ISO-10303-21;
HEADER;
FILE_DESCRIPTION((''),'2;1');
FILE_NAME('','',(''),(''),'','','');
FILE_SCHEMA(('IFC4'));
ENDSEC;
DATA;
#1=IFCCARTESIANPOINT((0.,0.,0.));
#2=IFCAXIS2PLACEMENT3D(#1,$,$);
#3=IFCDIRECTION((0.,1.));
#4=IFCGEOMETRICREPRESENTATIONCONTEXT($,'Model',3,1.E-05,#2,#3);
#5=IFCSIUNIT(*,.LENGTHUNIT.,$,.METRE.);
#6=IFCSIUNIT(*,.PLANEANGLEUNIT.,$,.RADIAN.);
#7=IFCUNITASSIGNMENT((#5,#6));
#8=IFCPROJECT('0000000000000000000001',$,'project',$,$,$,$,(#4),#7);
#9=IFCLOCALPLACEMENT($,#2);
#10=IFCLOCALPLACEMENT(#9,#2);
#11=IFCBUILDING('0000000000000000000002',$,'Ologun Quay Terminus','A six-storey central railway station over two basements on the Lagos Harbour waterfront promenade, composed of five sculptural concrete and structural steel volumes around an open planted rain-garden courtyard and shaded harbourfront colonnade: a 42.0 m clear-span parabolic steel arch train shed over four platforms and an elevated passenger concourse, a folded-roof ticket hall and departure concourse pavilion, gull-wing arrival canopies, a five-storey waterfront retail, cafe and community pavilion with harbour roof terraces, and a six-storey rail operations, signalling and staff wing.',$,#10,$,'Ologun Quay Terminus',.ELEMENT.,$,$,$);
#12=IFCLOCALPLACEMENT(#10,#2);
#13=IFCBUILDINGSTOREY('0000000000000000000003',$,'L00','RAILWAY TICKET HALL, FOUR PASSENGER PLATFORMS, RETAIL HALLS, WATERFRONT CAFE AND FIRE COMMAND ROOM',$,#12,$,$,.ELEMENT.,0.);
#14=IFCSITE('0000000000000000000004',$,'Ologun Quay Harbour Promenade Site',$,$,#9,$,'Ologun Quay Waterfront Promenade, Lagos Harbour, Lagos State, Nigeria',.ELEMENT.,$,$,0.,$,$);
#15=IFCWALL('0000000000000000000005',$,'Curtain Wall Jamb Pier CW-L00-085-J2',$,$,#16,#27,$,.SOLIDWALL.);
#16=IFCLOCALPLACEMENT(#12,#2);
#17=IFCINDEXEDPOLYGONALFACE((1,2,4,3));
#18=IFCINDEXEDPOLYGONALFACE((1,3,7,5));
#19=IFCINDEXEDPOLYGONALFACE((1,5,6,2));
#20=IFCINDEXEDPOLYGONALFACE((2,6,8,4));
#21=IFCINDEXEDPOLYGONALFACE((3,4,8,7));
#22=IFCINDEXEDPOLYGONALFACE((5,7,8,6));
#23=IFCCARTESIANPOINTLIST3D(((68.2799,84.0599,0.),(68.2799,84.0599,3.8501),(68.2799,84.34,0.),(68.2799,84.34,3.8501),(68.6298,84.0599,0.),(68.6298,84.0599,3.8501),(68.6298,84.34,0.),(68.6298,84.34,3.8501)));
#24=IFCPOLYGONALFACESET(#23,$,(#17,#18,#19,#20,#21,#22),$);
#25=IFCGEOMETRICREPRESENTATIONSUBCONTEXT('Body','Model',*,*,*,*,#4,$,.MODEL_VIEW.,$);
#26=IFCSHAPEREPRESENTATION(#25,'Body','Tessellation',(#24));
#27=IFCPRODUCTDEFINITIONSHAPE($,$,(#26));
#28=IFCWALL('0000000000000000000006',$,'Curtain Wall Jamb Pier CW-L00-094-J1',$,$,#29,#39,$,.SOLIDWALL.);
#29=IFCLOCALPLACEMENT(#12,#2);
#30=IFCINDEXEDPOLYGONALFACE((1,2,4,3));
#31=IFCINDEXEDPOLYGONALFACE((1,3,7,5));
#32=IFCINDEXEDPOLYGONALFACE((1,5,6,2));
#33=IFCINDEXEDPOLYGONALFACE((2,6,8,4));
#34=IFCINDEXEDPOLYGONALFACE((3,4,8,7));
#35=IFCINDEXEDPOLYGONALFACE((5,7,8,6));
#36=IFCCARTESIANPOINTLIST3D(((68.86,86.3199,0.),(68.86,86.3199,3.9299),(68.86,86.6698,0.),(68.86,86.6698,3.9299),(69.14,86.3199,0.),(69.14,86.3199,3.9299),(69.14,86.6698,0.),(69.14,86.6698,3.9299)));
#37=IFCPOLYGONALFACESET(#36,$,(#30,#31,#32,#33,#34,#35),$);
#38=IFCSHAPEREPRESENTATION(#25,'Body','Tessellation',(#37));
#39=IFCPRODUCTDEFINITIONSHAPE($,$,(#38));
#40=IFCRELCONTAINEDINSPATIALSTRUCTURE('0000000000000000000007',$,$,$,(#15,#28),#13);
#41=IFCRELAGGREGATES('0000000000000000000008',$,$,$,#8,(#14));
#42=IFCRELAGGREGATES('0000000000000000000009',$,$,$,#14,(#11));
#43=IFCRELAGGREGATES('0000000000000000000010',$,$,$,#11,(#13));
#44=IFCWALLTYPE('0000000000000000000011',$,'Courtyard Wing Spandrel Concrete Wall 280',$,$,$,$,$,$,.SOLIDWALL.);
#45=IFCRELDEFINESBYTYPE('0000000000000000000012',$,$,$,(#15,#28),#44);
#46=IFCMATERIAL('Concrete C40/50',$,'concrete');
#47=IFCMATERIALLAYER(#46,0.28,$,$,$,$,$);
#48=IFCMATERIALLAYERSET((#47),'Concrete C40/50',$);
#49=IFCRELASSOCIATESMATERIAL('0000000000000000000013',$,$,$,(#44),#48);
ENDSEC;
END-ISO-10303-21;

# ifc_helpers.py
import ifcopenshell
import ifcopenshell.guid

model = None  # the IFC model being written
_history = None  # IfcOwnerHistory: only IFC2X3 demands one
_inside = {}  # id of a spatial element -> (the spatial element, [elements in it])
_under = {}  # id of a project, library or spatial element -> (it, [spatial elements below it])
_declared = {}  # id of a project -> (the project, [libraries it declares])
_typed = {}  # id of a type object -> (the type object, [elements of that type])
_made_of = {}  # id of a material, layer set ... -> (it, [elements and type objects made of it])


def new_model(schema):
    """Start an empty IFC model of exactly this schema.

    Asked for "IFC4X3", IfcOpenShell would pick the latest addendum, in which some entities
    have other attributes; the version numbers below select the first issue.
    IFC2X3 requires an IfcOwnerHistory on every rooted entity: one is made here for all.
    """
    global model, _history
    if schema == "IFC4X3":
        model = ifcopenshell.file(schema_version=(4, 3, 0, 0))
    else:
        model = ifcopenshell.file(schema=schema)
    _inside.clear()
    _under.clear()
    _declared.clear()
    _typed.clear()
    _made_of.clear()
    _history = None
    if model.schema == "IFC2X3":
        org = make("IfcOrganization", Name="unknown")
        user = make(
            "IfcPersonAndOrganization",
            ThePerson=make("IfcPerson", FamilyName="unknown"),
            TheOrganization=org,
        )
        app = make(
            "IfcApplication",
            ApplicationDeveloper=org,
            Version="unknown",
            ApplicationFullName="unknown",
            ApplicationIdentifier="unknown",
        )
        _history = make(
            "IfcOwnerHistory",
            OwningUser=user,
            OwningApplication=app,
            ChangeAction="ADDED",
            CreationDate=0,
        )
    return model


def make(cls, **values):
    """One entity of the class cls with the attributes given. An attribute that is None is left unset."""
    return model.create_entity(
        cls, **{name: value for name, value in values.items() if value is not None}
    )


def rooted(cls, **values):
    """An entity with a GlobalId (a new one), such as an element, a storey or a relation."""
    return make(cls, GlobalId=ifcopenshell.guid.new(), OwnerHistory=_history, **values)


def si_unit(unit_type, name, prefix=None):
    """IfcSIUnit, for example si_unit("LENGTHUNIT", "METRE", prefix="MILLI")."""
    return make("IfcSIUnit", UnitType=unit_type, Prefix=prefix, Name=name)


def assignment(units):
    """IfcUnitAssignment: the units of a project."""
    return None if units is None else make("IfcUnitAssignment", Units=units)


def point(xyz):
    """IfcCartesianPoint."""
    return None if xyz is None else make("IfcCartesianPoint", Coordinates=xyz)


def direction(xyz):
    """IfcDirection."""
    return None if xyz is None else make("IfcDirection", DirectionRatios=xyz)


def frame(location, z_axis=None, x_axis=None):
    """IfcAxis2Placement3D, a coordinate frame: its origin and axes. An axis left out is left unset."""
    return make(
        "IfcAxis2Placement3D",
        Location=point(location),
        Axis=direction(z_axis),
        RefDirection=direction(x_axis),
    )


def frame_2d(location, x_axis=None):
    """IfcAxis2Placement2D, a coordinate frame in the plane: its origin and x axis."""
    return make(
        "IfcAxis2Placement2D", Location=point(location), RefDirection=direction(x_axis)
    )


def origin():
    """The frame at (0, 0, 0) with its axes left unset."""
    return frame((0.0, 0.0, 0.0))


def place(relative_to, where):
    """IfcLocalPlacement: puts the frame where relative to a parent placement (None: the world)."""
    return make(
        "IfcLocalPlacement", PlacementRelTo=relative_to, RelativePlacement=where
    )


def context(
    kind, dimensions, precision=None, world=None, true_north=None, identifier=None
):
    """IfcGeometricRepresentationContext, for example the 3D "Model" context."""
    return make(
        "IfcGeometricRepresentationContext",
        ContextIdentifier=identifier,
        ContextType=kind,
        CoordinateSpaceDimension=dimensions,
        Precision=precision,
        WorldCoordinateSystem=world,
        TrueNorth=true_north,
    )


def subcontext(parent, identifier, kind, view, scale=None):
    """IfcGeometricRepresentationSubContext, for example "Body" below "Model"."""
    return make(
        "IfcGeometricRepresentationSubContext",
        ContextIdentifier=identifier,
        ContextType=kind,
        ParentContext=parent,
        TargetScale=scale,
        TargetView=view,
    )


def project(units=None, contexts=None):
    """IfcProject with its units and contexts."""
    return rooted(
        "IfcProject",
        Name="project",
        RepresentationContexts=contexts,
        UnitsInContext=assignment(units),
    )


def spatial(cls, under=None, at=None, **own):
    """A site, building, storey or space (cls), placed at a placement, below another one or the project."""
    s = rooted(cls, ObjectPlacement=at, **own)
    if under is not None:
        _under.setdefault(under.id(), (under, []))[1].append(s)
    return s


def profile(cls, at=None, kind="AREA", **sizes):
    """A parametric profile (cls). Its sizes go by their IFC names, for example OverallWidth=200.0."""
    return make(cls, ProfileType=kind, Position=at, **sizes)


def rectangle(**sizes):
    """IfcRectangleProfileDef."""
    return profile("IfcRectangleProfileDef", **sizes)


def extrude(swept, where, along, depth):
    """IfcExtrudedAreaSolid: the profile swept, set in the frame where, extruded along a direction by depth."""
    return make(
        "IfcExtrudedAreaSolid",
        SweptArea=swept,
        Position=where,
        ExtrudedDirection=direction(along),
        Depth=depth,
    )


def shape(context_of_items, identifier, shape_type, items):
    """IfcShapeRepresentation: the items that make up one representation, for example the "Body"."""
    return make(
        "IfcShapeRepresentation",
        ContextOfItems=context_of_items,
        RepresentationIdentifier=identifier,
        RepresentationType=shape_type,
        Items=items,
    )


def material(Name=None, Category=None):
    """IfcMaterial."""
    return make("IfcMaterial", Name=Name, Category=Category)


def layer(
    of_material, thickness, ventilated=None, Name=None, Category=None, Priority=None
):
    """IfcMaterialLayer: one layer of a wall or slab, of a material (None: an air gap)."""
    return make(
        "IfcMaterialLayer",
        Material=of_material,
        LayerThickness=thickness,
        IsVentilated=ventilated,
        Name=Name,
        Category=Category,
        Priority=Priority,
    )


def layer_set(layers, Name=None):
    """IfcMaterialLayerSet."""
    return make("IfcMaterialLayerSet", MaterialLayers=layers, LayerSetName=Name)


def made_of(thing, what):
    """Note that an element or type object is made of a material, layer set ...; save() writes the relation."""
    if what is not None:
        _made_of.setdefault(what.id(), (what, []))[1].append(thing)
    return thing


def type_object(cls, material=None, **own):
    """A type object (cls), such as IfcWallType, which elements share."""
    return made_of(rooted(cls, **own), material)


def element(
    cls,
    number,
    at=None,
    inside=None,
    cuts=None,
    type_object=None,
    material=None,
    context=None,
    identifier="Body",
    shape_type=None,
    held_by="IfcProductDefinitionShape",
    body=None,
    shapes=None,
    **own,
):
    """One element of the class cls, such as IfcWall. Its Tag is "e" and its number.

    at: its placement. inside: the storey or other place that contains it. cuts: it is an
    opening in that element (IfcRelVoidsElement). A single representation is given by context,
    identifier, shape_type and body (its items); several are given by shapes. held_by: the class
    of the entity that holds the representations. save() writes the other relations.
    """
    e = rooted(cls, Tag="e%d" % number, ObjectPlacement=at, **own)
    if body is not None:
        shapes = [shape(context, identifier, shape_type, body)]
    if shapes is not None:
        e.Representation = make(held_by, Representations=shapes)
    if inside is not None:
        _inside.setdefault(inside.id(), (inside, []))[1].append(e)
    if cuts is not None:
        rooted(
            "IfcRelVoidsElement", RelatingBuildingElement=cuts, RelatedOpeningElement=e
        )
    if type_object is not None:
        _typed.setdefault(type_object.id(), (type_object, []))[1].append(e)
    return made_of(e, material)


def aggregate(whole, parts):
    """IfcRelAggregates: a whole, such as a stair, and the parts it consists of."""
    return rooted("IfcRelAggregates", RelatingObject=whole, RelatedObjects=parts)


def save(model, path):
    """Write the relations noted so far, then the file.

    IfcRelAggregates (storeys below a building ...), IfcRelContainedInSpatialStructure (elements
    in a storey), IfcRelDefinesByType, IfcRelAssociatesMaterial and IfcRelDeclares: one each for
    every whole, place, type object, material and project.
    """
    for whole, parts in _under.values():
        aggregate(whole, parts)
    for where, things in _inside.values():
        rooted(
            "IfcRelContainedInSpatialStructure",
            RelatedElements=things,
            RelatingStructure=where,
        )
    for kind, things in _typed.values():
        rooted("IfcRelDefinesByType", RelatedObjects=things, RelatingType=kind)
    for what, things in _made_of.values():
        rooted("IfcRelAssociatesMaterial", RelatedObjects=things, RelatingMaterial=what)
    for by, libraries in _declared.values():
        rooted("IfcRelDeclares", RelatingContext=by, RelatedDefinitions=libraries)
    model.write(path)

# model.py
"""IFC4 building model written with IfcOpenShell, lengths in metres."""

from ifc_helpers import new_model, si_unit, direction, frame, frame_2d, origin, place, context, subcontext, project, spatial, rectangle, extrude, material, layer, layer_set, type_object, element, save


model = new_model("IFC4")

# Units and contexts
model_context = context("Model", 3, precision=1e-05, world=origin(), true_north=direction((0.0, 1.0)))
body_context = subcontext(model_context, "Body", "Model", "MODEL_VIEW")
ifc_project = project(units=[si_unit("LENGTHUNIT", "METRE"), si_unit("PLANEANGLEUNIT", "RADIAN")], contexts=[model_context])

# Site, building, storey
site_placement = place(None, origin())
site = spatial("IfcSite", under=ifc_project, at=site_placement, Name="Ologun Quay Harbour Promenade Site", LongName="Ologun Quay Waterfront Promenade, Lagos Harbour, Lagos State, Nigeria", CompositionType="ELEMENT", RefElevation=0.0)
building_placement = place(site_placement, origin())
building = spatial("IfcBuilding", under=site, at=building_placement, Name="Ologun Quay Terminus", Description="A six-storey central railway station over two basements on the Lagos Harbour waterfront promenade, composed of five sculptural concrete and structural steel volumes around an open planted rain-garden courtyard and shaded harbourfront colonnade: a 42.0 m clear-span parabolic steel arch train shed over four platforms and an elevated passenger concourse, a folded-roof ticket hall and departure concourse pavilion, gull-wing arrival canopies, a five-storey waterfront retail, cafe and community pavilion with harbour roof terraces, and a six-storey rail operations, signalling and staff wing.", LongName="Ologun Quay Terminus", CompositionType="ELEMENT")
storey_placement = place(building_placement, origin())
storey = spatial("IfcBuildingStorey", under=building, at=storey_placement, Name="L00", Description="RAILWAY TICKET HALL, FOUR PASSENGER PLATFORMS, RETAIL HALLS, WATERFRONT CAFE AND FIRE COMMAND ROOM", CompositionType="ELEMENT", Elevation=0.0)

# Walls
ifc_material_1 = material(Name="Concrete C40/50", Category="concrete")
ifc_layer_1 = layer(ifc_material_1, 0.28)
ifc_layer_set_1 = layer_set([ifc_layer_1], Name="Concrete C40/50")
wall_type = type_object("IfcWallType", Name="Courtyard Wing Spandrel Concrete Wall 280", PredefinedType="SOLIDWALL", material=ifc_layer_set_1)
wall_1_placement = place(storey_placement, frame((68.28, 84.2, 0.0), z_axis=(0.0, 0.0, 1.0), x_axis=(1.0, 0.0, 0.0)))
element("IfcWall", 1, at=wall_1_placement, inside=storey, type_object=wall_type, Name="Curtain Wall Jamb Pier CW-L00-085-J2", PredefinedType="SOLIDWALL", context=body_context, shape_type="SweptSolid", body=[
    extrude(rectangle(XDim=0.3499, YDim=0.28, at=frame_2d((0.1748, 0.0))), origin(), (0.0, 0.0, 1.0), 3.8501),
])
wall_2_placement = place(storey_placement, frame((69.0, 86.3201, 0.0), z_axis=(0.0, 0.0, 1.0), x_axis=(0.0, 1.0, 0.0)))
element("IfcWall", 2, at=wall_2_placement, inside=storey, type_object=wall_type, Name="Curtain Wall Jamb Pier CW-L00-094-J1", PredefinedType="SOLIDWALL", context=body_context, shape_type="SweptSolid", body=[
    extrude(rectangle(XDim=0.3499, YDim=0.28, at=frame_2d((0.1748, 0.0))), origin(), (0.0, 0.0, 1.0), 3.9299),
])

save(model, "model.ifc")
